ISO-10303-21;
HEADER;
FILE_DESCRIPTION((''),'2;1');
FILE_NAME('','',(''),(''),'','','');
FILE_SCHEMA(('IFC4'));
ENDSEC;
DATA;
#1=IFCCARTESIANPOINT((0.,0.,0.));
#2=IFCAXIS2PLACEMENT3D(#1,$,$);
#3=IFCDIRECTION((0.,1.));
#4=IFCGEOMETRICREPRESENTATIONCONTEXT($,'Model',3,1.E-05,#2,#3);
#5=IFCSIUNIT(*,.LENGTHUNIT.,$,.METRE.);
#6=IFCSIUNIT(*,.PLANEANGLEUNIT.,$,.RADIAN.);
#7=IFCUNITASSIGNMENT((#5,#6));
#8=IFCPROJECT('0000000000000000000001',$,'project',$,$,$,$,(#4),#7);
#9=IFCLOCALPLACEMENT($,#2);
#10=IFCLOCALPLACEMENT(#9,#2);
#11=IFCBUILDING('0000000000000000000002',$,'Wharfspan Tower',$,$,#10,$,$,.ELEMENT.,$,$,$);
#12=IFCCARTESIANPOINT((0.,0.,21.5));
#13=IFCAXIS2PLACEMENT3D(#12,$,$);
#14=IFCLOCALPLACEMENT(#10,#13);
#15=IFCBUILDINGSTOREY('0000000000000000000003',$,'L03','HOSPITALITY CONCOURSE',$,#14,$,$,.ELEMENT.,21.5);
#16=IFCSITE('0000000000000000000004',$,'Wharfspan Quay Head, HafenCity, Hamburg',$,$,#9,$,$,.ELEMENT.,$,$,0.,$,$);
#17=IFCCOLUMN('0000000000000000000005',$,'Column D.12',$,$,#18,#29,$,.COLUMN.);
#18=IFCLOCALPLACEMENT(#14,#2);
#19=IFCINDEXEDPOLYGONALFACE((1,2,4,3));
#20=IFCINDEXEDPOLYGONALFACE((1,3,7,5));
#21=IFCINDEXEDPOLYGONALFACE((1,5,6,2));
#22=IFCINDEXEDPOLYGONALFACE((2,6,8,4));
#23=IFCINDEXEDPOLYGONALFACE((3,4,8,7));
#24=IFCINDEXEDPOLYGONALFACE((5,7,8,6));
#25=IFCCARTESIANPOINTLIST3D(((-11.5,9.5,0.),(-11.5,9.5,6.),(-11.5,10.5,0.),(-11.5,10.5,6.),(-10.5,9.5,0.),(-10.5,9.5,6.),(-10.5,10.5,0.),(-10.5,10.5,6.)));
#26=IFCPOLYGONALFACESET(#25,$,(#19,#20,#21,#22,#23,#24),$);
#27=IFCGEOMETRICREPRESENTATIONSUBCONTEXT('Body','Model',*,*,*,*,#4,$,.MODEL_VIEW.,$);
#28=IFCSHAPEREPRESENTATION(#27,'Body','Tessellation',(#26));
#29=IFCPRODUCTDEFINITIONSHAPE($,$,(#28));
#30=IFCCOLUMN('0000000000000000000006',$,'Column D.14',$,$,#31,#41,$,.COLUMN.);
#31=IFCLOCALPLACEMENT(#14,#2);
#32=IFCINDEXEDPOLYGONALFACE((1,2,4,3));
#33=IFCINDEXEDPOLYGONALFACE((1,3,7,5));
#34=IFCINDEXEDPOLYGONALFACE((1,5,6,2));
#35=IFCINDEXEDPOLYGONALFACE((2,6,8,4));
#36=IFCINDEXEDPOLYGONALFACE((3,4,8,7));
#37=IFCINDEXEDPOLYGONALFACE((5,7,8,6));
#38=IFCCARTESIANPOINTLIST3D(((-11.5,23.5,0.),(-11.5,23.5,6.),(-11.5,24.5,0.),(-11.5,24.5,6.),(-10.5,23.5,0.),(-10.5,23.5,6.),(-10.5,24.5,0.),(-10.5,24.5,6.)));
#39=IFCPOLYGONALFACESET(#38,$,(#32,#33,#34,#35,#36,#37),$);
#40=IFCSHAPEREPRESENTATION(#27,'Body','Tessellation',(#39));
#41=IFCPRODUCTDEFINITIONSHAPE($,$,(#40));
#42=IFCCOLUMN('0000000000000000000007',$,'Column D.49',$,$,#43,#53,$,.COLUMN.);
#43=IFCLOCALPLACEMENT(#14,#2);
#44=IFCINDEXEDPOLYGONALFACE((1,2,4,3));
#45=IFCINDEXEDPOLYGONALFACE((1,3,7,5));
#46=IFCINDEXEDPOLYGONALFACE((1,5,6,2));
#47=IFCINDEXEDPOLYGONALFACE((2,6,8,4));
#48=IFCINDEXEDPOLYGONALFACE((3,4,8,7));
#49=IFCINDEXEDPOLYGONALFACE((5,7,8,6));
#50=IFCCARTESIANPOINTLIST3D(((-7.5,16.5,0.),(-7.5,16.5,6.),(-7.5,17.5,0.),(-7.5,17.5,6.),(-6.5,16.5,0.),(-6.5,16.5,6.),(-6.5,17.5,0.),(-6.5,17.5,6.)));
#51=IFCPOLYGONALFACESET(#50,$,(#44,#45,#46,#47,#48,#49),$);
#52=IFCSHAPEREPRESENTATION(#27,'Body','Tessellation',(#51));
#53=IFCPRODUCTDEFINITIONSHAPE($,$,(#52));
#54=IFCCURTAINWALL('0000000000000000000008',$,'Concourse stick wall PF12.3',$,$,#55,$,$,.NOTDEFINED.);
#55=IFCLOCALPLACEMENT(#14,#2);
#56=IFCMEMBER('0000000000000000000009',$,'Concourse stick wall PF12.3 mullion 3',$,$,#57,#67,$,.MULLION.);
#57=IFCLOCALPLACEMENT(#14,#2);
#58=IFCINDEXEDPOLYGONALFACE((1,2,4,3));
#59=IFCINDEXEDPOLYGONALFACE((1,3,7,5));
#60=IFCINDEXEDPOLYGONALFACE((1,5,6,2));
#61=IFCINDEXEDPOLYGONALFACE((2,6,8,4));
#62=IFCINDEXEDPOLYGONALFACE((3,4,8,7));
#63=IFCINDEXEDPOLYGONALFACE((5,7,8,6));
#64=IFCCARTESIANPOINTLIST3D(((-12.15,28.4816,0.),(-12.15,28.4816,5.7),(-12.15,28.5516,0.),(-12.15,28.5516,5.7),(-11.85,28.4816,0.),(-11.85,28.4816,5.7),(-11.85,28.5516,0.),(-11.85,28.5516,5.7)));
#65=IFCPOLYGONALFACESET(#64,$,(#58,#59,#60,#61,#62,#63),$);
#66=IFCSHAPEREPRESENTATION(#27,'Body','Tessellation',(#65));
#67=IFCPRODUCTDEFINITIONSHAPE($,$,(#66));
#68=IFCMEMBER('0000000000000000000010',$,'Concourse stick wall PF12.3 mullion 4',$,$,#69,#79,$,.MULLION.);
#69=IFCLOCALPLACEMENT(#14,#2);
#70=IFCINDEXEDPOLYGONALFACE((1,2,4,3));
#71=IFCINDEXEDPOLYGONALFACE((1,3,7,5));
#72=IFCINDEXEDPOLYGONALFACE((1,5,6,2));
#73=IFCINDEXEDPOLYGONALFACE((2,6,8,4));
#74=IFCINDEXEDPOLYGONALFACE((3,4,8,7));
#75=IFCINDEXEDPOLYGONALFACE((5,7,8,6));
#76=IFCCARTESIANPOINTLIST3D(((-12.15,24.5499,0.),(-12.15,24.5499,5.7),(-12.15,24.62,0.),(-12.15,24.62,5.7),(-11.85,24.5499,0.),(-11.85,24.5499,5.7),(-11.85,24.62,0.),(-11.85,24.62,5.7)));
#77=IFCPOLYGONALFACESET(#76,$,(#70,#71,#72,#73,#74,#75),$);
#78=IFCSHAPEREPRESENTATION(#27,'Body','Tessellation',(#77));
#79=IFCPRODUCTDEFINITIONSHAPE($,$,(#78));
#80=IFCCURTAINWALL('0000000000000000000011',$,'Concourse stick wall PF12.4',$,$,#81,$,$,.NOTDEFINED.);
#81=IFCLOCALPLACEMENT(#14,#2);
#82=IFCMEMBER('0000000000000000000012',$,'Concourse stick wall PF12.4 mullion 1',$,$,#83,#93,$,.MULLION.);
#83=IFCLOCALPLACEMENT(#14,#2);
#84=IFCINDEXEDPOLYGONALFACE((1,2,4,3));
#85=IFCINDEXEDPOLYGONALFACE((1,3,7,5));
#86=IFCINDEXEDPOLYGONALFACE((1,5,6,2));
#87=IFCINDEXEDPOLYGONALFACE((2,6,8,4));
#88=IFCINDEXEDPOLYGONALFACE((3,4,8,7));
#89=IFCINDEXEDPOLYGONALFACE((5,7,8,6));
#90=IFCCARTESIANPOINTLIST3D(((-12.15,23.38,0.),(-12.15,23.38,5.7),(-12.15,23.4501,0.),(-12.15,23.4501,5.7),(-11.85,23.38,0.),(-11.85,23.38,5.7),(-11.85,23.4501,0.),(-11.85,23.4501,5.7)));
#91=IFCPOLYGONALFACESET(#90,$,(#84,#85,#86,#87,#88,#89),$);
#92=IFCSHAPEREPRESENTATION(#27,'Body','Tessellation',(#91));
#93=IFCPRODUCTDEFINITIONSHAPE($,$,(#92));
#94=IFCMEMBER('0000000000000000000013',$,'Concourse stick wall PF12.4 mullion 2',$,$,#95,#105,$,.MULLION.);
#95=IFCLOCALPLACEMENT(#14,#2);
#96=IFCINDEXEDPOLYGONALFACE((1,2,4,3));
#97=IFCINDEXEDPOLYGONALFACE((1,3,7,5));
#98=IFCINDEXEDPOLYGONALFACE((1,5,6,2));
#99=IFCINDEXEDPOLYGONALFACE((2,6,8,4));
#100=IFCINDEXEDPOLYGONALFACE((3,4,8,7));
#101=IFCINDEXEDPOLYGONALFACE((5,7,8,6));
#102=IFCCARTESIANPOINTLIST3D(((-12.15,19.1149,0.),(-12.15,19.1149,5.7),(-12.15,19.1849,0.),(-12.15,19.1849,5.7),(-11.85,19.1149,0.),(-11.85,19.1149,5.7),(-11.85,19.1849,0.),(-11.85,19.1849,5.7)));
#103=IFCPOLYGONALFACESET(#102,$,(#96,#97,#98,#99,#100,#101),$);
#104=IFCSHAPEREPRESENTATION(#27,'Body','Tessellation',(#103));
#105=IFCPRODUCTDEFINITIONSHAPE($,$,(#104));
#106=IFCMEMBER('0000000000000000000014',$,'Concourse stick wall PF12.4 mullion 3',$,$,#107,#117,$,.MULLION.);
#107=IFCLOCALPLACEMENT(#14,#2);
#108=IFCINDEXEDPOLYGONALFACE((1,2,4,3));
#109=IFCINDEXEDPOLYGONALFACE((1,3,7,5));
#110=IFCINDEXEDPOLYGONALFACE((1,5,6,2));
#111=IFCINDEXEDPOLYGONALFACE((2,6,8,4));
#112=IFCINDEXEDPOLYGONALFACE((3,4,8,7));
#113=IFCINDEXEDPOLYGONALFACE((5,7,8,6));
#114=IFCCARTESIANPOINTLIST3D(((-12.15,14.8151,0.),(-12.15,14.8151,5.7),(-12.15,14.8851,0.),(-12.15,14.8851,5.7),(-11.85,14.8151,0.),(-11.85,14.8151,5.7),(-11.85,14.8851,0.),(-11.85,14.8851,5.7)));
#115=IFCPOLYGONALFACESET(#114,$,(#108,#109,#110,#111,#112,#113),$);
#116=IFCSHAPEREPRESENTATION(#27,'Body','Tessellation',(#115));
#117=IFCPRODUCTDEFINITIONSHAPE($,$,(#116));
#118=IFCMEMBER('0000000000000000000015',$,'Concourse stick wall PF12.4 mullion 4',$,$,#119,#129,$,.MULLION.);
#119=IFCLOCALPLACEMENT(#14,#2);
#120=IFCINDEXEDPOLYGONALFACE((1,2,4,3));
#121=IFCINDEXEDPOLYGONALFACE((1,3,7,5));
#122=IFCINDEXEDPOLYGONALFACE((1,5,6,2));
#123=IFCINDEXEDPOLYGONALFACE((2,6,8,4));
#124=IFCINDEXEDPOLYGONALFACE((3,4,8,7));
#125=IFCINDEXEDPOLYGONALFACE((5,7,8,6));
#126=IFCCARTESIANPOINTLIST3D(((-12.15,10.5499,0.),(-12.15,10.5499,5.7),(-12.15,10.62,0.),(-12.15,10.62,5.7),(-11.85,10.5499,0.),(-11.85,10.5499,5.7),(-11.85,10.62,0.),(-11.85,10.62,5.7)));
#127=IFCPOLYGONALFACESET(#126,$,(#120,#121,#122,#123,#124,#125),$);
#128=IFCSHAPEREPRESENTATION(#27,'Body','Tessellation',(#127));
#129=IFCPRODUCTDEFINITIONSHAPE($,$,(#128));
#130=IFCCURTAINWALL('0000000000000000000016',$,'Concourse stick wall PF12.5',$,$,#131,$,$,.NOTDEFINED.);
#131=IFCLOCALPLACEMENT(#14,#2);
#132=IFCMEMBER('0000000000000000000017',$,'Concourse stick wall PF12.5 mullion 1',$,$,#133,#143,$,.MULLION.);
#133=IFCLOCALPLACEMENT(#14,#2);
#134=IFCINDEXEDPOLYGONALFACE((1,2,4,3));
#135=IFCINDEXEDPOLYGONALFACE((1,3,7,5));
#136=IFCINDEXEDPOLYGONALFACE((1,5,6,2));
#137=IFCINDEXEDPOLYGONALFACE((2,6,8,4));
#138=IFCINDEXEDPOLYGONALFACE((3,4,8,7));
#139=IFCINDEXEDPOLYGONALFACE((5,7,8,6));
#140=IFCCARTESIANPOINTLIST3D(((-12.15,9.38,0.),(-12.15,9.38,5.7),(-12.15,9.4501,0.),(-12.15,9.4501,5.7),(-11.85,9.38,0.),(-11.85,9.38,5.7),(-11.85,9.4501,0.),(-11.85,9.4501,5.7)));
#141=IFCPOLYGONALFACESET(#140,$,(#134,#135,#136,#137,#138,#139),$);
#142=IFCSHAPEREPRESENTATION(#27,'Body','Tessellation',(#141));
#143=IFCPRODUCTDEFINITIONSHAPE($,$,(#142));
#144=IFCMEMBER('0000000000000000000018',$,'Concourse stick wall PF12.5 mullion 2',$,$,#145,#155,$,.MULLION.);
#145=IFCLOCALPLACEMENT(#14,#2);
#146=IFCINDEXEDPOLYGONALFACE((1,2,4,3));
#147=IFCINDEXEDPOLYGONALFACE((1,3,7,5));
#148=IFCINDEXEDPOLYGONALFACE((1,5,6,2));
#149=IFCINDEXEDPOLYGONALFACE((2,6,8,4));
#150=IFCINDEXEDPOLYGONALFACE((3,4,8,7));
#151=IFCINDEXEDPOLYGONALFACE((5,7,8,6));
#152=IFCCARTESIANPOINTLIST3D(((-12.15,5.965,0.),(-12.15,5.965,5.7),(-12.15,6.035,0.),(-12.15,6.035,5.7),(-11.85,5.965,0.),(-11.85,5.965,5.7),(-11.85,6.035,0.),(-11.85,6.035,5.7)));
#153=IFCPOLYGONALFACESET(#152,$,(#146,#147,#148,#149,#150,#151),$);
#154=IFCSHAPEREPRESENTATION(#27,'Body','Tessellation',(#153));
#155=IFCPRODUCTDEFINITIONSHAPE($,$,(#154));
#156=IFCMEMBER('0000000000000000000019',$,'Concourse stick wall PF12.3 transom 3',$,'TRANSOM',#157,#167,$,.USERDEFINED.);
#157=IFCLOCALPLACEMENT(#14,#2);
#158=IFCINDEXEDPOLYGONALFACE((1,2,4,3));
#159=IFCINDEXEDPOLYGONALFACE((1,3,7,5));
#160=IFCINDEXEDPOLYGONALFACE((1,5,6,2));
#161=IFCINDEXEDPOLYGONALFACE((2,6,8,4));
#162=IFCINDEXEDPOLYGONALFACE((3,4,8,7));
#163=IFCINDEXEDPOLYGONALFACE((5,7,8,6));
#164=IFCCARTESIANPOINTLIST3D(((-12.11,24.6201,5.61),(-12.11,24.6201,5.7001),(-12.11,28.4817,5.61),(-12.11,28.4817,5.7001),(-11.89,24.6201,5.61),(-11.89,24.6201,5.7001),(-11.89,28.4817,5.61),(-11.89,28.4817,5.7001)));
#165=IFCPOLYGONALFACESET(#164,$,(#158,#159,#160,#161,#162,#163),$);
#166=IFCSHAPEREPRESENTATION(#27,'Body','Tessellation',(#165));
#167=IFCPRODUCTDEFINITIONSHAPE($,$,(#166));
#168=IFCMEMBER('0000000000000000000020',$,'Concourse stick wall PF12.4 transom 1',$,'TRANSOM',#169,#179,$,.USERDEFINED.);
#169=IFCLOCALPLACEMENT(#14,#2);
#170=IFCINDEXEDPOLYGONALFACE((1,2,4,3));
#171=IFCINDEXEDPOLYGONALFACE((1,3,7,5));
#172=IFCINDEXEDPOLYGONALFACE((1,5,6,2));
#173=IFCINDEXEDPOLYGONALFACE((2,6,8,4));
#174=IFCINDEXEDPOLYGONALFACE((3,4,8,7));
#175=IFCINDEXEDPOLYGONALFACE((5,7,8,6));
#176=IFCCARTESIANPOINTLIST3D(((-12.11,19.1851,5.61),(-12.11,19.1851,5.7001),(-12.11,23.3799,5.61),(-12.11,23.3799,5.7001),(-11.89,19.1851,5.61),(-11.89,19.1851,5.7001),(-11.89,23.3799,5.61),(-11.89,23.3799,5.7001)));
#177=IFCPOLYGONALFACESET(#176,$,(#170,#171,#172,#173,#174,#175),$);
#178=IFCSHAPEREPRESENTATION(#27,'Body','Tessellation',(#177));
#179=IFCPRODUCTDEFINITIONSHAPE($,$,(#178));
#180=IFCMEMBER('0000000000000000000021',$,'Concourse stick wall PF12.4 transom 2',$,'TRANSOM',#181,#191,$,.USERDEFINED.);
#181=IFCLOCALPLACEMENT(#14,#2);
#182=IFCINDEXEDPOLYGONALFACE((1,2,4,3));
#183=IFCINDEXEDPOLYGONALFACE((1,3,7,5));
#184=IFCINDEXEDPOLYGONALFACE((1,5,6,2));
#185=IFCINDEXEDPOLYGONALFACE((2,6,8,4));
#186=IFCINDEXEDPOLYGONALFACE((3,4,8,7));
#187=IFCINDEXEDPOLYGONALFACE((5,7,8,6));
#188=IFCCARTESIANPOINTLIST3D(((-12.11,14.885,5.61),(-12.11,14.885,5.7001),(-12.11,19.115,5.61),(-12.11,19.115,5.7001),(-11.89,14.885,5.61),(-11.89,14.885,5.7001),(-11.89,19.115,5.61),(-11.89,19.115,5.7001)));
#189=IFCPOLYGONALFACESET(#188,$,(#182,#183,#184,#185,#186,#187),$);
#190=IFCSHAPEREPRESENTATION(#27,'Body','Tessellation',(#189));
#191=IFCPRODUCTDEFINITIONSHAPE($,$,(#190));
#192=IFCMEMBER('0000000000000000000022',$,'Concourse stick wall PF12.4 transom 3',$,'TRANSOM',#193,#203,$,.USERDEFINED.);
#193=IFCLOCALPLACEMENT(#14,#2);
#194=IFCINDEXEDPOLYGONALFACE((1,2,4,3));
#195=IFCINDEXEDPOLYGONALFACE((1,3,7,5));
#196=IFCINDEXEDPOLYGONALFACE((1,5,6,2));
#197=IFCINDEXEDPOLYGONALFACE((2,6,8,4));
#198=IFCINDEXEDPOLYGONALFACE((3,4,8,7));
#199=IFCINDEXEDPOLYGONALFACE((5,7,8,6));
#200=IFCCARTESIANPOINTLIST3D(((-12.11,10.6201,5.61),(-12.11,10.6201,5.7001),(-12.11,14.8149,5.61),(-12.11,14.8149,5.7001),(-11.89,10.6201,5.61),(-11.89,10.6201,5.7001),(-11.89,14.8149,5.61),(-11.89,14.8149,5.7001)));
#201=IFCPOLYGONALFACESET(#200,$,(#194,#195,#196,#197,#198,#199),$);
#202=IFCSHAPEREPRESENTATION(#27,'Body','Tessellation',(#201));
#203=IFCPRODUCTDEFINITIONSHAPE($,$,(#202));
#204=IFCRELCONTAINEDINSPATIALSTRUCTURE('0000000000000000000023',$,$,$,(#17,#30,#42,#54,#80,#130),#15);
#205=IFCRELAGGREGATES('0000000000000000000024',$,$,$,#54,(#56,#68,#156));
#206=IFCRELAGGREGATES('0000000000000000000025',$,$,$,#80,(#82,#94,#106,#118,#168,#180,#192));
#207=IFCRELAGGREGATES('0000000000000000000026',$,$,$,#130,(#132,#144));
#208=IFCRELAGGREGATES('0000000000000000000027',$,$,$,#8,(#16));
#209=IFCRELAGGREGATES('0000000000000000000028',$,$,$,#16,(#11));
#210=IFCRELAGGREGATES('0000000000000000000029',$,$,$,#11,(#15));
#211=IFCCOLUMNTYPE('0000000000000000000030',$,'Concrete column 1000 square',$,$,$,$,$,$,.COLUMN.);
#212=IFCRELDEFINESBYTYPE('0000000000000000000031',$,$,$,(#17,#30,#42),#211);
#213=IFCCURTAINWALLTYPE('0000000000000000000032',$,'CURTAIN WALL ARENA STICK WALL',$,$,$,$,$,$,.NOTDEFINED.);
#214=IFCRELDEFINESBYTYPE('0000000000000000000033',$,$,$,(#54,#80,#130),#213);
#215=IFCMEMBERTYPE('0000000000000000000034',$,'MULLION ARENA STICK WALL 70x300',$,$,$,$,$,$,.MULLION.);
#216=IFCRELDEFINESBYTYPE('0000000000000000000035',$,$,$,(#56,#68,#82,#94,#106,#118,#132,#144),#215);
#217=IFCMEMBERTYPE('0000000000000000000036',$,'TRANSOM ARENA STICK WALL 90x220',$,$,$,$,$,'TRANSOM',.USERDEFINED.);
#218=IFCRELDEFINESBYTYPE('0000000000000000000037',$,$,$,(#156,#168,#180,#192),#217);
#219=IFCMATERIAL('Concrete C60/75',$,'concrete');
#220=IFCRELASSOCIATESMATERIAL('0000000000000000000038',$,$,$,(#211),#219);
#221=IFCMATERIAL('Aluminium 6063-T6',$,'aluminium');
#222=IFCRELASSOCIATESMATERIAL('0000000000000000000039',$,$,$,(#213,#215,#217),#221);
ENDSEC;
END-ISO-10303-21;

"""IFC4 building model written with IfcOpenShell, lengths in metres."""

from ifc_helpers import new_model, si_unit, direction, frame, origin, origin_2d, place, context, subcontext, project, spatial, rectangle, extrude, material, material_profile, profile_set, type_object, element, aggregate, save


model = new_model("IFC4")

# Units and contexts
model_context = context("Model", 3, precision=1e-05, world=origin(), true_north=direction((0.0, 1.0)))
body_context = subcontext(model_context, "Body", "Model", "MODEL_VIEW")
ifc_project = project(units=[si_unit("LENGTHUNIT", "METRE"), si_unit("PLANEANGLEUNIT", "RADIAN")], contexts=[model_context])

# Site, building, storey
site_placement = place(None, origin())
site = spatial("IfcSite", under=ifc_project, at=site_placement, Name="Wharfspan Quay Head, HafenCity, Hamburg", CompositionType="ELEMENT", RefElevation=0.0)
building_placement = place(site_placement, origin())
building = spatial("IfcBuilding", under=site, at=building_placement, Name="Wharfspan Tower", CompositionType="ELEMENT")
storey_placement = place(building_placement, frame((0.0, 0.0, 21.5)))
storey = spatial("IfcBuildingStorey", under=building, at=storey_placement, Name="L03", Description="HOSPITALITY CONCOURSE", CompositionType="ELEMENT", Elevation=21.5)

# Columns
ifc_material_1 = material(Name="Concrete C60/75", Category="concrete")
ifc_material_profile_1 = material_profile(ifc_material_1, rectangle(XDim=1.0, YDim=1.0, at=origin_2d()))
ifc_profile_set_1 = profile_set([ifc_material_profile_1], Name="Concrete C60/75")
column_type = type_object("IfcColumnType", Name="Concrete column 1000 square", PredefinedType="COLUMN", material=ifc_profile_set_1)
for number, where, z_axis, x_axis, name in (
    (1, (-11.0, 10.0, 0.0), (0.0, 0.0, 1.0), (1.0, 0.0, 0.0), "Column D.12"),
    (2, (-11.0, 24.0, 0.0), (0.0, 0.0, 1.0), (1.0, 0.0, 0.0), "Column D.14"),
    (3, (-7.0, 17.0, 0.0), (0.0, 0.0, 1.0), (1.0, 0.0, 0.0), "Column D.49"),
):
    element("IfcColumn", number, at=place(storey_placement, frame(where, z_axis=z_axis, x_axis=x_axis)), inside=storey, type_object=column_type, Name=name, PredefinedType="COLUMN", context=body_context, shape_type="SweptSolid", body=[
        extrude(rectangle(XDim=1.0, YDim=1.0, at=origin_2d()), origin(), (0.0, 0.0, 1.0), 6.0),
    ])

# Curtain walls, members
ifc_material_2 = material(Name="Aluminium 6063-T6", Category="aluminium")
curtain_wall_type = type_object("IfcCurtainWallType", Name="CURTAIN WALL ARENA STICK WALL", PredefinedType="NOTDEFINED", material=ifc_material_2)
curtain_wall_1_placement = place(storey_placement, origin())
curtain_wall_1 = element("IfcCurtainWall", 4, at=curtain_wall_1_placement, inside=storey, type_object=curtain_wall_type, Name="Concourse stick wall PF12.3", PredefinedType="NOTDEFINED")
ifc_material_profile_2 = material_profile(ifc_material_2, rectangle(XDim=0.3, YDim=0.0701, at=origin_2d()))
ifc_profile_set_2 = profile_set([ifc_material_profile_2], Name="Aluminium 6063-T6")
member_type_1 = type_object("IfcMemberType", Name="MULLION ARENA STICK WALL 70x300", PredefinedType="MULLION", material=ifc_profile_set_2)
member_1_placement = place(storey_placement, frame((-12.0, 28.5166, 0.0), z_axis=(0.0, 0.0, 1.0), x_axis=(1.0, 0.0, 0.0)))
member_1 = element("IfcMember", 5, at=member_1_placement, type_object=member_type_1, Name="Concourse stick wall PF12.3 mullion 3", PredefinedType="MULLION", context=body_context, shape_type="SweptSolid", body=[
    extrude(rectangle(XDim=0.3, YDim=0.0701, at=origin_2d()), origin(), (0.0, 0.0, 1.0), 5.7),
])
member_2_placement = place(storey_placement, frame((-12.0, 24.585, 0.0), z_axis=(0.0, 0.0, 1.0), x_axis=(1.0, 0.0, 0.0)))
member_2 = element("IfcMember", 6, at=member_2_placement, type_object=member_type_1, Name="Concourse stick wall PF12.3 mullion 4", PredefinedType="MULLION", context=body_context, shape_type="SweptSolid", body=[
    extrude(rectangle(XDim=0.3, YDim=0.0701, at=origin_2d()), origin(), (0.0, 0.0, 1.0), 5.7),
])
curtain_wall_2_placement = place(storey_placement, origin())
curtain_wall_2 = element("IfcCurtainWall", 7, at=curtain_wall_2_placement, inside=storey, type_object=curtain_wall_type, Name="Concourse stick wall PF12.4", PredefinedType="NOTDEFINED")
member_3_placement = place(storey_placement, frame((-12.0, 23.415, 0.0), z_axis=(0.0, 0.0, 1.0), x_axis=(1.0, 0.0, 0.0)))
member_3 = element("IfcMember", 8, at=member_3_placement, type_object=member_type_1, Name="Concourse stick wall PF12.4 mullion 1", PredefinedType="MULLION", context=body_context, shape_type="SweptSolid", body=[
    extrude(rectangle(XDim=0.3, YDim=0.0701, at=origin_2d()), origin(), (0.0, 0.0, 1.0), 5.7),
])
member_4_placement = place(storey_placement, frame((-12.0, 19.1499, 0.0), z_axis=(0.0, 0.0, 1.0), x_axis=(1.0, 0.0, 0.0)))
member_4 = element("IfcMember", 9, at=member_4_placement, type_object=member_type_1, Name="Concourse stick wall PF12.4 mullion 2", PredefinedType="MULLION", context=body_context, shape_type="SweptSolid", body=[
    extrude(rectangle(XDim=0.3, YDim=0.0701, at=origin_2d()), origin(), (0.0, 0.0, 1.0), 5.7),
])
member_5_placement = place(storey_placement, frame((-12.0, 14.8501, 0.0), z_axis=(0.0, 0.0, 1.0), x_axis=(1.0, 0.0, 0.0)))
member_5 = element("IfcMember", 10, at=member_5_placement, type_object=member_type_1, Name="Concourse stick wall PF12.4 mullion 3", PredefinedType="MULLION", context=body_context, shape_type="SweptSolid", body=[
    extrude(rectangle(XDim=0.3, YDim=0.0701, at=origin_2d()), origin(), (0.0, 0.0, 1.0), 5.7),
])
member_6_placement = place(storey_placement, frame((-12.0, 10.585, 0.0), z_axis=(0.0, 0.0, 1.0), x_axis=(1.0, 0.0, 0.0)))
member_6 = element("IfcMember", 11, at=member_6_placement, type_object=member_type_1, Name="Concourse stick wall PF12.4 mullion 4", PredefinedType="MULLION", context=body_context, shape_type="SweptSolid", body=[
    extrude(rectangle(XDim=0.3, YDim=0.0701, at=origin_2d()), origin(), (0.0, 0.0, 1.0), 5.7),
])
curtain_wall_3_placement = place(storey_placement, origin())
curtain_wall_3 = element("IfcCurtainWall", 12, at=curtain_wall_3_placement, inside=storey, type_object=curtain_wall_type, Name="Concourse stick wall PF12.5", PredefinedType="NOTDEFINED")
member_7_placement = place(storey_placement, frame((-12.0, 9.415, 0.0), z_axis=(0.0, 0.0, 1.0), x_axis=(1.0, 0.0, 0.0)))
member_7 = element("IfcMember", 13, at=member_7_placement, type_object=member_type_1, Name="Concourse stick wall PF12.5 mullion 1", PredefinedType="MULLION", context=body_context, shape_type="SweptSolid", body=[
    extrude(rectangle(XDim=0.3, YDim=0.0701, at=origin_2d()), origin(), (0.0, 0.0, 1.0), 5.7),
])
member_8_placement = place(storey_placement, frame((-12.0, 6.0, 0.0), z_axis=(0.0, 0.0, 1.0), x_axis=(1.0, 0.0, 0.0)))
member_8 = element("IfcMember", 14, at=member_8_placement, type_object=member_type_1, Name="Concourse stick wall PF12.5 mullion 2", PredefinedType="MULLION", context=body_context, shape_type="SweptSolid", body=[
    extrude(rectangle(XDim=0.3, YDim=0.0701, at=origin_2d()), origin(), (0.0, 0.0, 1.0), 5.7),
])

# Members
ifc_material_profile_3 = material_profile(ifc_material_2, rectangle(XDim=0.22, YDim=0.0901, at=origin_2d()))
ifc_profile_set_3 = profile_set([ifc_material_profile_3], Name="Aluminium 6063-T6")
member_type_2 = type_object("IfcMemberType", Name="TRANSOM ARENA STICK WALL 90x220", ElementType="TRANSOM", PredefinedType="USERDEFINED", material=ifc_profile_set_3)
member_9_placement = place(storey_placement, frame((-12.0, 28.4817, 5.655), z_axis=(0.0, -1.0, 0.0), x_axis=(1.0, 0.0, 0.0)))
member_9 = element("IfcMember", 15, at=member_9_placement, type_object=member_type_2, Name="Concourse stick wall PF12.3 transom 3", ObjectType="TRANSOM", PredefinedType="USERDEFINED", context=body_context, shape_type="SweptSolid", body=[
    extrude(rectangle(XDim=0.22, YDim=0.0901, at=origin_2d()), origin(), (0.0, 0.0, 1.0), 3.8616),
])
member_10_placement = place(storey_placement, frame((-12.0, 23.3799, 5.655), z_axis=(0.0, -1.0, 0.0), x_axis=(1.0, 0.0, 0.0)))
member_10 = element("IfcMember", 16, at=member_10_placement, type_object=member_type_2, Name="Concourse stick wall PF12.4 transom 1", ObjectType="TRANSOM", PredefinedType="USERDEFINED", context=body_context, shape_type="SweptSolid", body=[
    extrude(rectangle(XDim=0.22, YDim=0.0901, at=origin_2d()), origin(), (0.0, 0.0, 1.0), 4.1948),
])
member_11_placement = place(storey_placement, frame((-12.0, 19.115, 5.655), z_axis=(0.0, -1.0, 0.0), x_axis=(1.0, 0.0, 0.0)))
member_11 = element("IfcMember", 17, at=member_11_placement, type_object=member_type_2, Name="Concourse stick wall PF12.4 transom 2", ObjectType="TRANSOM", PredefinedType="USERDEFINED", context=body_context, shape_type="SweptSolid", body=[
    extrude(rectangle(XDim=0.22, YDim=0.0901, at=origin_2d()), origin(), (0.0, 0.0, 1.0), 4.23),
])
member_12_placement = place(storey_placement, frame((-12.0, 14.8149, 5.655), z_axis=(0.0, -1.0, 0.0), x_axis=(1.0, 0.0, 0.0)))
member_12 = element("IfcMember", 18, at=member_12_placement, type_object=member_type_2, Name="Concourse stick wall PF12.4 transom 3", ObjectType="TRANSOM", PredefinedType="USERDEFINED", context=body_context, shape_type="SweptSolid", body=[
    extrude(rectangle(XDim=0.22, YDim=0.0901, at=origin_2d()), origin(), (0.0, 0.0, 1.0), 4.1948),
])

aggregate(curtain_wall_1, [member_1, member_2, member_9])
aggregate(curtain_wall_2, [member_3, member_4, member_5, member_6, member_10, member_11, member_12])
aggregate(curtain_wall_3, [member_7, member_8])

save(model, "model.ifc")
